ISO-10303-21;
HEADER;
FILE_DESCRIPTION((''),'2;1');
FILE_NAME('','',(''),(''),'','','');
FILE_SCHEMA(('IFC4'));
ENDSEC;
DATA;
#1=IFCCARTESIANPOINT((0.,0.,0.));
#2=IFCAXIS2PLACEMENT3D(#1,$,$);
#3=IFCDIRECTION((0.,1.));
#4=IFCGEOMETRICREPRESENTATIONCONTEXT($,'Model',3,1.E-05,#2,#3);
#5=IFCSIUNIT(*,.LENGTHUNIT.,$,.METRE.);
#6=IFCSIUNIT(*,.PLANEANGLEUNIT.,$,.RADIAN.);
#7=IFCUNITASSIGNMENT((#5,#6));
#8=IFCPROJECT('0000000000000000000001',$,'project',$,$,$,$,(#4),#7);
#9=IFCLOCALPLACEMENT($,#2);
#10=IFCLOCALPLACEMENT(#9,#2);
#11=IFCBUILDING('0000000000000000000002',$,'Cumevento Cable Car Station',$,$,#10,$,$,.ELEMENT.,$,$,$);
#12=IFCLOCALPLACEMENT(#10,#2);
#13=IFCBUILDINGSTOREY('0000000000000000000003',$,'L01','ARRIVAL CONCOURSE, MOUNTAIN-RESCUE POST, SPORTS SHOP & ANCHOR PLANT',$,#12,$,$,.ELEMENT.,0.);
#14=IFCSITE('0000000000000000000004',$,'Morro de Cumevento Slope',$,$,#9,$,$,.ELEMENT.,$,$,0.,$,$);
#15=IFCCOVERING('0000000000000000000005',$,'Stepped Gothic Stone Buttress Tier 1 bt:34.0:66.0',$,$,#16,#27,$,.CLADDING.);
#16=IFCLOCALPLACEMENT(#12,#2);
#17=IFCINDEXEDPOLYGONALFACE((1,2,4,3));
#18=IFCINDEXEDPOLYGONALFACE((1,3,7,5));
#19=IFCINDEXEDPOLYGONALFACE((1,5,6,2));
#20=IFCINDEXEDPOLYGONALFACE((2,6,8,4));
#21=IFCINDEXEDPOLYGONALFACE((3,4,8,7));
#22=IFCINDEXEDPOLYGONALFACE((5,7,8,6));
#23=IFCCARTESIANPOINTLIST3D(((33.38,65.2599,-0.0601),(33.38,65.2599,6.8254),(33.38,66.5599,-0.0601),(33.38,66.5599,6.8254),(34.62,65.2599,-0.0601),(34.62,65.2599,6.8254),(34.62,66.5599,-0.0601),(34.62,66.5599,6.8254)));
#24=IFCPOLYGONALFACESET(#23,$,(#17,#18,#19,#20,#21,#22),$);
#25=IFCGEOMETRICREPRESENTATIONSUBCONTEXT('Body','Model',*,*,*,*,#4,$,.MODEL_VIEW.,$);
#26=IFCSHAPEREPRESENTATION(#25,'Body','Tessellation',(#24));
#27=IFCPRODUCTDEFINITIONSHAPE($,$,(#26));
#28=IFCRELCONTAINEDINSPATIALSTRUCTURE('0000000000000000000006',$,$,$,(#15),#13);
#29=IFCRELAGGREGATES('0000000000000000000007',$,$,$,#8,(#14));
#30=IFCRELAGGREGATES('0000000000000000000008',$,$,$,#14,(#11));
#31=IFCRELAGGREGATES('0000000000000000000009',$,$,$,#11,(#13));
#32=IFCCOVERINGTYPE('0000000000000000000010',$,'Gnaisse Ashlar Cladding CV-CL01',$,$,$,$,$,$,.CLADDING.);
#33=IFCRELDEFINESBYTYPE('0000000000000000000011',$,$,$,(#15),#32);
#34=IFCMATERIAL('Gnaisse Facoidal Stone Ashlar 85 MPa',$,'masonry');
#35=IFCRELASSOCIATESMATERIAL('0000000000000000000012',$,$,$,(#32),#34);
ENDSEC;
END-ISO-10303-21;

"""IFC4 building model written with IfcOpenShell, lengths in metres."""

from ifc_helpers import new_model, si_unit, direction, frame, origin, origin_2d, place, context, subcontext, project, spatial, rectangle, extrude, material, type_object, element, save


model = new_model("IFC4")

# Units and contexts
model_context = context("Model", 3, precision=1e-05, world=origin(), true_north=direction((0.0, 1.0)))
body_context = subcontext(model_context, "Body", "Model", "MODEL_VIEW")
ifc_project = project(units=[si_unit("LENGTHUNIT", "METRE"), si_unit("PLANEANGLEUNIT", "RADIAN")], contexts=[model_context])

# Site, building, storey
site_placement = place(None, origin())
site = spatial("IfcSite", under=ifc_project, at=site_placement, Name="Morro de Cumevento Slope", CompositionType="ELEMENT", RefElevation=0.0)
building_placement = place(site_placement, origin())
building = spatial("IfcBuilding", under=site, at=building_placement, Name="Cumevento Cable Car Station", CompositionType="ELEMENT")
storey_placement = place(building_placement, origin())
storey = spatial("IfcBuildingStorey", under=building, at=storey_placement, Name="L01", Description="ARRIVAL CONCOURSE, MOUNTAIN-RESCUE POST, SPORTS SHOP & ANCHOR PLANT", CompositionType="ELEMENT", Elevation=0.0)

# Covering
ifc_material_1 = material(Name="Gnaisse Facoidal Stone Ashlar 85 MPa", Category="masonry")
covering_type = type_object("IfcCoveringType", Name="Gnaisse Ashlar Cladding CV-CL01", PredefinedType="CLADDING", material=ifc_material_1)
for number, where, z_axis, x_axis, name in (
    (1, (34.0, 65.9099, -0.0601), (0.0, 0.0, 1.0), (1.0, 0.0, 0.0), "Stepped Gothic Stone Buttress Tier 1 bt:34.0:66.0"),
):
    element("IfcCovering", number, at=place(storey_placement, frame(where, z_axis=z_axis, x_axis=x_axis)), inside=storey, type_object=covering_type, Name=name, PredefinedType="CLADDING", context=body_context, shape_type="SweptSolid", body=[
        extrude(rectangle(XDim=1.24, YDim=1.3, at=origin_2d()), origin(), (0.0, 0.0, 1.0), 6.8855),
    ])

save(model, "model.ifc")
